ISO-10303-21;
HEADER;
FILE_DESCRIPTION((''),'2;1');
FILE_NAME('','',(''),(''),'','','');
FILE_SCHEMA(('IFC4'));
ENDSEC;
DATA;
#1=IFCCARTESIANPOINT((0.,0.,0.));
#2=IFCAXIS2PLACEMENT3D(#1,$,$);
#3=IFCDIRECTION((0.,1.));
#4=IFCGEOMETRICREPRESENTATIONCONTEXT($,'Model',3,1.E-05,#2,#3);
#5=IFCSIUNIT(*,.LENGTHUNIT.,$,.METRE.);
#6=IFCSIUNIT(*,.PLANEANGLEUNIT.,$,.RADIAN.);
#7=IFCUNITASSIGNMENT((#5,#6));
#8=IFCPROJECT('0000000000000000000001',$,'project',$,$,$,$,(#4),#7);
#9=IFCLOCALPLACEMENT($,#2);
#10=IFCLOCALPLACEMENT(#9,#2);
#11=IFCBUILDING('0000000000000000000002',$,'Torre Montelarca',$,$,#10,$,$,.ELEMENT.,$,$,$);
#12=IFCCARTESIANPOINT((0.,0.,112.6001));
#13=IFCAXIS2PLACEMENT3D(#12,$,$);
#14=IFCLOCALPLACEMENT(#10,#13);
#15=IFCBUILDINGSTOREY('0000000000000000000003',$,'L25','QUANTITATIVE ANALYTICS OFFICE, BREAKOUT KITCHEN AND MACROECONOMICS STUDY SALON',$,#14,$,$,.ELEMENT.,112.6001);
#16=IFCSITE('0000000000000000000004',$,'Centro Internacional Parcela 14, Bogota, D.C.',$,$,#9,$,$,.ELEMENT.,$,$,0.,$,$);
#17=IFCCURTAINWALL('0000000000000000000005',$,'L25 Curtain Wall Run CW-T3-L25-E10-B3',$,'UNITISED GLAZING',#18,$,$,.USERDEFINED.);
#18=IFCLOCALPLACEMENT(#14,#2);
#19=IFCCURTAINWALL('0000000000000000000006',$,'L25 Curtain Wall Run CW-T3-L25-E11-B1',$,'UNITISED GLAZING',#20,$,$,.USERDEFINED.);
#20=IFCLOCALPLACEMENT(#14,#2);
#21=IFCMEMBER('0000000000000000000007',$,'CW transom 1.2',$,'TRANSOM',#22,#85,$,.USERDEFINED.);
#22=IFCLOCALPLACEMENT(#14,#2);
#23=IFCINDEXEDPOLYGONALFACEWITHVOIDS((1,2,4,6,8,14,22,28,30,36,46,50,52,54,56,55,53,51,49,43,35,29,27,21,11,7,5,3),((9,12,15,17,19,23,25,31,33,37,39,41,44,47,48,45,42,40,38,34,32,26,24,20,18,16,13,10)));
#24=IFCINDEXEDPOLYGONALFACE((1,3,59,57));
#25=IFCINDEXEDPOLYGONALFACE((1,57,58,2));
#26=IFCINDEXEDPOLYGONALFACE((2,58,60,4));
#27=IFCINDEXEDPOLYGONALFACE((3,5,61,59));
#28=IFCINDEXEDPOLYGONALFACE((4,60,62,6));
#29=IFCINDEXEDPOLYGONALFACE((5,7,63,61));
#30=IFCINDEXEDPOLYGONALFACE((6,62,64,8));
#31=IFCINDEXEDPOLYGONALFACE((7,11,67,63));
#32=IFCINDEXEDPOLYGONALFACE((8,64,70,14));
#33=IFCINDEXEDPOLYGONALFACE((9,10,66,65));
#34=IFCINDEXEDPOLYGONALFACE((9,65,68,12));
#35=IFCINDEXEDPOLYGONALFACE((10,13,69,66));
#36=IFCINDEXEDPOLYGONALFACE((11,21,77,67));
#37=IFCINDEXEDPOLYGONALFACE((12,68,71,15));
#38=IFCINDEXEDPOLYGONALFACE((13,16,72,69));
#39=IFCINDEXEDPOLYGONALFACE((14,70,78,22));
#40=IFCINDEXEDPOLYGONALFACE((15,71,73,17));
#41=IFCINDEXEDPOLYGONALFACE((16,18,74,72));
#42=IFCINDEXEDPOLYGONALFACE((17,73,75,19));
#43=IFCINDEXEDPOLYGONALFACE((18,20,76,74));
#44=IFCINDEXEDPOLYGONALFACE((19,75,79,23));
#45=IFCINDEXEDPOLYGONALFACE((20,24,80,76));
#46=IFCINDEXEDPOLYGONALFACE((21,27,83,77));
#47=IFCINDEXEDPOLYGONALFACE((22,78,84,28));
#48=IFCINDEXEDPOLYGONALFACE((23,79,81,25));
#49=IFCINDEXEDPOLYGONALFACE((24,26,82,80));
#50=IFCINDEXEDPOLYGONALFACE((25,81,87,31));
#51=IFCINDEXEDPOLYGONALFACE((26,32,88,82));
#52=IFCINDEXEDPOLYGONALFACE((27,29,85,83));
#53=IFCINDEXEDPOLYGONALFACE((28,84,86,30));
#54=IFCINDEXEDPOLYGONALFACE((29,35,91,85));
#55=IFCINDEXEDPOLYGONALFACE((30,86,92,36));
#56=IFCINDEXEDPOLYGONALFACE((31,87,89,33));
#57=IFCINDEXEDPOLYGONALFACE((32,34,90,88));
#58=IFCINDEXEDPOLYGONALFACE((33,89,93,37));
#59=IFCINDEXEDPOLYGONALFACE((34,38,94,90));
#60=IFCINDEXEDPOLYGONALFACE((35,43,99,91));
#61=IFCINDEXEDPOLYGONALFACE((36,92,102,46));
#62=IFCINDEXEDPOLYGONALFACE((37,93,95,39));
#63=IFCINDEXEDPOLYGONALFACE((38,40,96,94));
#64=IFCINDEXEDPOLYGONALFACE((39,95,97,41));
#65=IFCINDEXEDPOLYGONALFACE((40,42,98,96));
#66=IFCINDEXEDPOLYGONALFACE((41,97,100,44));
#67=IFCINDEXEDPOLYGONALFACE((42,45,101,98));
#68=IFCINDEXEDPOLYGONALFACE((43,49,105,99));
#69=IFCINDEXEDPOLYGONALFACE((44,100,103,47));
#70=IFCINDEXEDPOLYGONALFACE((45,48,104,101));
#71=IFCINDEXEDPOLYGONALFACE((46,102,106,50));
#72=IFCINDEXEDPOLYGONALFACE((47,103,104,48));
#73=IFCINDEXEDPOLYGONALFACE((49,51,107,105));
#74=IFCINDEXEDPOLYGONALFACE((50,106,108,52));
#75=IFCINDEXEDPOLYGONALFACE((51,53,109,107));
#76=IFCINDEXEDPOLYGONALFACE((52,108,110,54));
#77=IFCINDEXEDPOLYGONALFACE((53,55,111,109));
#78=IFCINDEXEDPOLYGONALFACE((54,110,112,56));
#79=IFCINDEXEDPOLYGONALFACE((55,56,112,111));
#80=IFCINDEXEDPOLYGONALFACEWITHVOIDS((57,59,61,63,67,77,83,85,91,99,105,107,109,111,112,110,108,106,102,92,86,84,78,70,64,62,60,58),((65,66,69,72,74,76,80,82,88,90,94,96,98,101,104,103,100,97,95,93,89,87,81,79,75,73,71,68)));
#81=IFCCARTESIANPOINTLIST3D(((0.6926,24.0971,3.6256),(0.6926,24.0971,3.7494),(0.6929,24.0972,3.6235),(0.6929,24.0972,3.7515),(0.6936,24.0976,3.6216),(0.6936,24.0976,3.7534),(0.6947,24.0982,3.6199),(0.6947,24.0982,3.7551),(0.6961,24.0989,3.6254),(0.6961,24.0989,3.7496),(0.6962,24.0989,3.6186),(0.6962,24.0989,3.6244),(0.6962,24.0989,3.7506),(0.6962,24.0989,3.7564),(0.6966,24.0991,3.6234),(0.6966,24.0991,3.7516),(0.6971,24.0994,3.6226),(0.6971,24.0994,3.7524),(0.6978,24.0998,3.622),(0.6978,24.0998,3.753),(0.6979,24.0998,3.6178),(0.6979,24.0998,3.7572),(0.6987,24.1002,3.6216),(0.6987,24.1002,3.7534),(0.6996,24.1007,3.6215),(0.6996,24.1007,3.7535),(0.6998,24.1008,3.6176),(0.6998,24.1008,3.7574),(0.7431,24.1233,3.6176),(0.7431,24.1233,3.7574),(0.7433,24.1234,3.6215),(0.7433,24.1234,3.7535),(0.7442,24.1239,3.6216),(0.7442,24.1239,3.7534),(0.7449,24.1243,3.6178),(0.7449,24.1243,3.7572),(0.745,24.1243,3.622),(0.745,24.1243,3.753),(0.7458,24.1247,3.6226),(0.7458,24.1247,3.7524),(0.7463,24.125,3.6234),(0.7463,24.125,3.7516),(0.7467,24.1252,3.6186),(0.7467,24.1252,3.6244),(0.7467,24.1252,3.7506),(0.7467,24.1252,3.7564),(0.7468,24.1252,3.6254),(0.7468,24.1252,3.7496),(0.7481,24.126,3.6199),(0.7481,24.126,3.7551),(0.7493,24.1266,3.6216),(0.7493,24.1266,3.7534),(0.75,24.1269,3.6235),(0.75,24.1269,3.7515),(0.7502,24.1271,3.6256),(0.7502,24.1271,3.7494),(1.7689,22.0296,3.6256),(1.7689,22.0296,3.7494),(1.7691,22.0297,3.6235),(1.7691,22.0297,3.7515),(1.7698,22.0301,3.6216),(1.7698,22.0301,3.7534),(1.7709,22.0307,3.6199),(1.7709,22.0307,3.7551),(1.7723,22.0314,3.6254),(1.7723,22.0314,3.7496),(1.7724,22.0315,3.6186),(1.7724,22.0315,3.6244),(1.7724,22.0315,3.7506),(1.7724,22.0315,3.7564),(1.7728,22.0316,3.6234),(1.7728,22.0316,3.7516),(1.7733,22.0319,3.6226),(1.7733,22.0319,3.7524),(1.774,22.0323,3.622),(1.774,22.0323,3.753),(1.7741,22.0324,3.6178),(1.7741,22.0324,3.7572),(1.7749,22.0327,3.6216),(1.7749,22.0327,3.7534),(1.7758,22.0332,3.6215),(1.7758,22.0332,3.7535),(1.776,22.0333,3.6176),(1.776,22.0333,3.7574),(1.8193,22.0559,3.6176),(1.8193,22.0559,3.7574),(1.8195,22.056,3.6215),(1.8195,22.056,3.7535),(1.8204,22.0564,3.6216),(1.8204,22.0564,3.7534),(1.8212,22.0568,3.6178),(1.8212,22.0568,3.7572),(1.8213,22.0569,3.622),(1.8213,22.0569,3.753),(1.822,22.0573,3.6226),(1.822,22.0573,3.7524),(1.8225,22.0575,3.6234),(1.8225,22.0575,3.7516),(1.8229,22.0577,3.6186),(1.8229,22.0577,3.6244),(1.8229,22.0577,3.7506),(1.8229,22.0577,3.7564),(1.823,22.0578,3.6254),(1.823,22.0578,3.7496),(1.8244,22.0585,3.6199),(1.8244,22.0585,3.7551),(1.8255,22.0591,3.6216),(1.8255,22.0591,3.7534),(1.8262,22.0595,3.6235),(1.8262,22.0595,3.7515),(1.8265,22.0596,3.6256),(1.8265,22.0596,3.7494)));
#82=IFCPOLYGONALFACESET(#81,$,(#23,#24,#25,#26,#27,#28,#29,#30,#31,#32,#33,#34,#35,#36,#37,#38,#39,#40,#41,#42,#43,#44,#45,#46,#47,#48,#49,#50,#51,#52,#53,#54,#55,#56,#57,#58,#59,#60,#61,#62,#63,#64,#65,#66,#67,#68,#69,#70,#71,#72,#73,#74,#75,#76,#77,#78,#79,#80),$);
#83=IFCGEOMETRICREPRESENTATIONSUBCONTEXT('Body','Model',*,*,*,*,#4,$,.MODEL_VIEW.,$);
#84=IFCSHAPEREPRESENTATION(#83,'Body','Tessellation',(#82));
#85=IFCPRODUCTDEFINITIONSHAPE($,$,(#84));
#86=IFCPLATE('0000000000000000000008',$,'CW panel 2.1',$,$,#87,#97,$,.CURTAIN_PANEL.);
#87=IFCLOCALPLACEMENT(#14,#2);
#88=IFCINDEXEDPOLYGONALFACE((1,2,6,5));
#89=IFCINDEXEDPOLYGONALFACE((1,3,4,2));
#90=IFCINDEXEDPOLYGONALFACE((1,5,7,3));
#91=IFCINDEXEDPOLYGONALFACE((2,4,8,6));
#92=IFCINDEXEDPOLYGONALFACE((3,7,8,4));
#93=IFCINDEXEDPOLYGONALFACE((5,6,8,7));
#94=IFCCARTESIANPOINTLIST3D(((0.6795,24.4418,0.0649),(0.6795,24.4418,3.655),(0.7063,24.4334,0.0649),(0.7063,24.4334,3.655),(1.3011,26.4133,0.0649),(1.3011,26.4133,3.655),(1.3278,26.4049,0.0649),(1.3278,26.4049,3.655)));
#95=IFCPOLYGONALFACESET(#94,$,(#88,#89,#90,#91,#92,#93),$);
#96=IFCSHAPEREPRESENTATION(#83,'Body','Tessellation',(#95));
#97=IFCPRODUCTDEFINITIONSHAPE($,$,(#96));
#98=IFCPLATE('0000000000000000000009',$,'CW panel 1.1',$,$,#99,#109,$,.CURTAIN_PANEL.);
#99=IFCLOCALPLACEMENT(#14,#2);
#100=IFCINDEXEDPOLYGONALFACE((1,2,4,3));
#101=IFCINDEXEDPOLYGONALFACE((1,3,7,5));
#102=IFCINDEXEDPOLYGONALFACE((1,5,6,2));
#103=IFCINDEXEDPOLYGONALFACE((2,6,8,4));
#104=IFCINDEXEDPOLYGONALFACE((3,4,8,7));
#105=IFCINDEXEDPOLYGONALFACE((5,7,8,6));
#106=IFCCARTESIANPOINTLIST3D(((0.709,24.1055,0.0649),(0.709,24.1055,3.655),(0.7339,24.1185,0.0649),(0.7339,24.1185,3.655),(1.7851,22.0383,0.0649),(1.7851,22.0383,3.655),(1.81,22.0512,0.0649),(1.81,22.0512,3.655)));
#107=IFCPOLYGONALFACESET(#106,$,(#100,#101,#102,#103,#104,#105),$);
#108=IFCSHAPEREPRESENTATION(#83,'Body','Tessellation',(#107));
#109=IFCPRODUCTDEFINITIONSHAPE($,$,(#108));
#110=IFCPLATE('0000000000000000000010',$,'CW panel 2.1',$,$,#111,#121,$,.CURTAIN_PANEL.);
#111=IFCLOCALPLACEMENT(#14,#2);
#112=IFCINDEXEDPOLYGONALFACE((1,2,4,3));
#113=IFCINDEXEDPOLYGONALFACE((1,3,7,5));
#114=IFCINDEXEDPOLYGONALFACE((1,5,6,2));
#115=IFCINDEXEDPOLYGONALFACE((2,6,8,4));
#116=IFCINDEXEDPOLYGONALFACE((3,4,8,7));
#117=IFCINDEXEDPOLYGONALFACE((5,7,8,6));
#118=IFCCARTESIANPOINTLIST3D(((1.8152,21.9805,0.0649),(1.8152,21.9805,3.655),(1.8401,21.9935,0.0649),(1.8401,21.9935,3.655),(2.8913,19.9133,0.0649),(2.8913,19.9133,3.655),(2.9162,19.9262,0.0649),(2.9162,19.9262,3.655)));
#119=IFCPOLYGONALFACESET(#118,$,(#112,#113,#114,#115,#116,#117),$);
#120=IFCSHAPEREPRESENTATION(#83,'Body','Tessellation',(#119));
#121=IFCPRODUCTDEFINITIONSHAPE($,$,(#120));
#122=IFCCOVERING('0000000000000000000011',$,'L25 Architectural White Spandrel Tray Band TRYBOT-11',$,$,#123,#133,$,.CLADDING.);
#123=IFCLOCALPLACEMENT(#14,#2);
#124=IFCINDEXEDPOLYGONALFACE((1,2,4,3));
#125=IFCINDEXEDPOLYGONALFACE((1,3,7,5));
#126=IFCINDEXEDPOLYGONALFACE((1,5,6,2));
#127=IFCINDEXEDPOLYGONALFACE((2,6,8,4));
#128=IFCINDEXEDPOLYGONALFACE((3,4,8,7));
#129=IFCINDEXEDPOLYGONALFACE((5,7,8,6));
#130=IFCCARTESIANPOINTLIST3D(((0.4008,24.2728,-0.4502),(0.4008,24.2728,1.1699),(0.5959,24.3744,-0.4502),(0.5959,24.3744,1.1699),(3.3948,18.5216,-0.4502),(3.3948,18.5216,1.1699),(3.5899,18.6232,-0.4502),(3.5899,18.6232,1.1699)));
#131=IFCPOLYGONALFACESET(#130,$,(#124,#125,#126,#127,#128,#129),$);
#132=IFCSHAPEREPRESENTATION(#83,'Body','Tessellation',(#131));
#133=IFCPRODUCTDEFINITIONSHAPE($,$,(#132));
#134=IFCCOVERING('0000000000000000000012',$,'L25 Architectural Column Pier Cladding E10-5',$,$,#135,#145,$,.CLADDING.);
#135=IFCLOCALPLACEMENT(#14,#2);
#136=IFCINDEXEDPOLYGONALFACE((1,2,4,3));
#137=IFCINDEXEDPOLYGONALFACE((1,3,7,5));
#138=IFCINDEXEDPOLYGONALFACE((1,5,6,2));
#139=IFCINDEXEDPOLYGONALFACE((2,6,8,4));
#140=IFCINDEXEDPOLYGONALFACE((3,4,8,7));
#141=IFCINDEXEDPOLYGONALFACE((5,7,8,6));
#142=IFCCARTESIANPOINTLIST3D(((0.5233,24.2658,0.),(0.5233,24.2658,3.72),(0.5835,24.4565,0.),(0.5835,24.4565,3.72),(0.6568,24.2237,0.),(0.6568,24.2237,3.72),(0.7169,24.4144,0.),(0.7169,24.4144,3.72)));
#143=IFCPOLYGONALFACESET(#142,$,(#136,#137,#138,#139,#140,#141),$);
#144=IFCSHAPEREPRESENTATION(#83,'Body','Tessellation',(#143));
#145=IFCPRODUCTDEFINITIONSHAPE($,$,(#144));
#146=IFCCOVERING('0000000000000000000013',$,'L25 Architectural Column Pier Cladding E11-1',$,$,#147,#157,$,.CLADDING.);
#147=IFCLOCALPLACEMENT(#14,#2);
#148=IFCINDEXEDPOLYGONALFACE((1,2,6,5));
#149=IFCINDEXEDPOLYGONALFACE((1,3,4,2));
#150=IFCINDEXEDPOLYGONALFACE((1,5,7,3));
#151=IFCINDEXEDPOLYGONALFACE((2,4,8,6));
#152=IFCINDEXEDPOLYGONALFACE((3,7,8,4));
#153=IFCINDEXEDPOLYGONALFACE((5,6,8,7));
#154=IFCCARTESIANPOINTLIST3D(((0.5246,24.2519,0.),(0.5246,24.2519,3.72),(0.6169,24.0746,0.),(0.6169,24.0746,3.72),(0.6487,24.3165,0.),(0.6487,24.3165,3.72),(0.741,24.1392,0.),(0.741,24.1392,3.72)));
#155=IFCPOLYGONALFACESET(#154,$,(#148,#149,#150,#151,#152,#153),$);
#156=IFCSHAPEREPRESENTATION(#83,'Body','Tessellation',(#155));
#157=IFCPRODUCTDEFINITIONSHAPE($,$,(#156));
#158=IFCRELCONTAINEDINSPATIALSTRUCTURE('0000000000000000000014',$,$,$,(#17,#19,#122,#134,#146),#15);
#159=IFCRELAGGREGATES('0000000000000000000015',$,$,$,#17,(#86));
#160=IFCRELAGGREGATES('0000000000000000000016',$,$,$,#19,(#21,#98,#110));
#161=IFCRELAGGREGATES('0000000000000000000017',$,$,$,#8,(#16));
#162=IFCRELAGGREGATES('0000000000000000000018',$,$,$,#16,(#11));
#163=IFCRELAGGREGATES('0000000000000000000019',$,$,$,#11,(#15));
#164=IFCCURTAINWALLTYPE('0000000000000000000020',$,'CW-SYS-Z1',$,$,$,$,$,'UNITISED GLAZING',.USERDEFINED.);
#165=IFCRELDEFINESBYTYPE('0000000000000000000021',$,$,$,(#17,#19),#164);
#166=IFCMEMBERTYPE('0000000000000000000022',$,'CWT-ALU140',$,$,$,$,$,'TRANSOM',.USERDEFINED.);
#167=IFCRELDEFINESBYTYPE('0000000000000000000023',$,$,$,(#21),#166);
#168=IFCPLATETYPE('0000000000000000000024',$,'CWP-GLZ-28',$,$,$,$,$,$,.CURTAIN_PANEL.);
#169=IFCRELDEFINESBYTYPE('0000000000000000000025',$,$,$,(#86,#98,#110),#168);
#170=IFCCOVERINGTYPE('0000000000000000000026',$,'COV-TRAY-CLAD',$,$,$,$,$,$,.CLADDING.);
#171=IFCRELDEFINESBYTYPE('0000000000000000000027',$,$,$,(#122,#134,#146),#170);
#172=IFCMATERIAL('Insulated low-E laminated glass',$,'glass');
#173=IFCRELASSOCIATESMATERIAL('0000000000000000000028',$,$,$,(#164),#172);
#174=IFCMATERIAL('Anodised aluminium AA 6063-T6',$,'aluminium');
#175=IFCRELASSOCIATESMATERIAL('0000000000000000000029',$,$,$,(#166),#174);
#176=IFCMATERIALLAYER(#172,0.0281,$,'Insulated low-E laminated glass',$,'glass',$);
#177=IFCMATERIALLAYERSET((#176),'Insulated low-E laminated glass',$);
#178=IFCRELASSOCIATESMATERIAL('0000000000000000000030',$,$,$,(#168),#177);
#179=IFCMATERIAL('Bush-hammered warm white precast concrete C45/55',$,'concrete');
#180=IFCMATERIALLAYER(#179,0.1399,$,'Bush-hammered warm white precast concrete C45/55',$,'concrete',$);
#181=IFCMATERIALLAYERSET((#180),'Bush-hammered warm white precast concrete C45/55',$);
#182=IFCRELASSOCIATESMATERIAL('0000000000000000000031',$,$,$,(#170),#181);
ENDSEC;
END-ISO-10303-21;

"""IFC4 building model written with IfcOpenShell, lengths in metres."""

from ifc_helpers import new_model, si_unit, direction, frame, origin, origin_2d, place, context, subcontext, project, spatial, rectangle, hollow_rectangle, extrude, source, transform, mapped, material, layer, layer_set, material_profile, profile_set, type_object, element, aggregate, save


model = new_model("IFC4")

# Units and contexts
model_context = context("Model", 3, precision=1e-05, world=origin(), true_north=direction((0.0, 1.0)))
body_context = subcontext(model_context, "Body", "Model", "MODEL_VIEW")
ifc_project = project(units=[si_unit("LENGTHUNIT", "METRE"), si_unit("PLANEANGLEUNIT", "RADIAN")], contexts=[model_context])

# Site, building, storey
site_placement = place(None, origin())
site = spatial("IfcSite", under=ifc_project, at=site_placement, Name="Centro Internacional Parcela 14, Bogota, D.C.", CompositionType="ELEMENT", RefElevation=0.0)
building_placement = place(site_placement, origin())
building = spatial("IfcBuilding", under=site, at=building_placement, Name="Torre Montelarca", CompositionType="ELEMENT")
storey_placement = place(building_placement, frame((0.0, 0.0, 112.6001)))
storey = spatial("IfcBuildingStorey", under=building, at=storey_placement, Name="L25", Description="QUANTITATIVE ANALYTICS OFFICE, BREAKOUT KITCHEN AND MACROECONOMICS STUDY SALON", CompositionType="ELEMENT", Elevation=112.6001)

# Curtain walls
ifc_material_1 = material(Name="Insulated low-E laminated glass", Category="glass")
curtain_wall_type = type_object("IfcCurtainWallType", Name="CW-SYS-Z1", ElementType="UNITISED GLAZING", PredefinedType="USERDEFINED", material=ifc_material_1)
curtain_wall_1_placement = place(storey_placement, origin())
curtain_wall_1 = element("IfcCurtainWall", 1, at=curtain_wall_1_placement, inside=storey, type_object=curtain_wall_type, Name="L25 Curtain Wall Run CW-T3-L25-E10-B3", ObjectType="UNITISED GLAZING", PredefinedType="USERDEFINED")
ifc_material_2 = material(Name="Anodised aluminium AA 6063-T6", Category="aluminium")
ifc_material_profile_1 = material_profile(ifc_material_2, hollow_rectangle(XDim=0.0649, YDim=0.1399, WallThickness=0.0039, InnerFilletRadius=0.0039, OuterFilletRadius=0.0081, at=origin_2d()), Name="ALU65X140X4", Category="aluminium")
ifc_profile_set_1 = profile_set([ifc_material_profile_1], Name="Anodised aluminium AA 6063-T6")
member_type_1 = type_object("IfcMemberType", Name="CWT-ALU140", ElementType="TRANSOM", PredefinedType="USERDEFINED", material=ifc_profile_set_1)
curtain_wall_2_placement = place(storey_placement, origin())
curtain_wall_2 = element("IfcCurtainWall", 2, at=curtain_wall_2_placement, inside=storey, type_object=curtain_wall_type, Name="L25 Curtain Wall Run CW-T3-L25-E11-B1", ObjectType="UNITISED GLAZING", PredefinedType="USERDEFINED")

# Member
shared_shape_1 = source(origin(), body_context, "Body", "SweptSolid", [
    extrude(hollow_rectangle(XDim=0.0649, YDim=0.1399, WallThickness=0.0039, InnerFilletRadius=0.0039, OuterFilletRadius=0.0081, at=origin_2d()), origin(), (0.0, 0.0, 1.0), 2.3308),
])
member_1_placement = place(storey_placement, frame((0.7214, 24.1121, 3.6875), z_axis=(0.461735, -0.887018, 0.0), x_axis=(0.887018, 0.461735, 0.0)))
member_1 = element("IfcMember", 3, at=member_1_placement, type_object=member_type_1, Name="CW transom 1.2", ObjectType="TRANSOM", PredefinedType="USERDEFINED", context=body_context, shape_type="MappedRepresentation", body=[
    mapped(shared_shape_1, transform((0.0, 0.0, 0.0), scale=1.0)),
])

# Plates
ifc_layer_1 = layer(ifc_material_1, 0.0281, Name="Insulated low-E laminated glass", Category="glass")
ifc_layer_set_1 = layer_set([ifc_layer_1], Name="Insulated low-E laminated glass")
plate_type = type_object("IfcPlateType", Name="CWP-GLZ-28", PredefinedType="CURTAIN_PANEL", material=ifc_layer_set_1)
shared_shape_2 = source(origin(), body_context, "Body", "SweptSolid", [
    extrude(rectangle(XDim=2.0671, YDim=0.0281, at=origin_2d()), origin(), (0.0, 0.0, 1.0), 3.5901),
])
plate_1_placement = place(storey_placement, frame((1.0037, 25.4233, 0.0649), z_axis=(0.0, 0.0, 1.0), x_axis=(-0.300705, -0.953717, 0.0)))
plate_1 = element("IfcPlate", 4, at=plate_1_placement, type_object=plate_type, Name="CW panel 2.1", PredefinedType="CURTAIN_PANEL", context=body_context, shape_type="MappedRepresentation", body=[
    mapped(shared_shape_2, transform((0.0, 0.0, 0.0), scale=1.0)),
])
aggregate(curtain_wall_1, [plate_1])
shared_shape_3 = source(origin(), body_context, "Body", "SweptSolid", [
    extrude(rectangle(XDim=2.3306, YDim=0.0281, at=origin_2d()), origin(), (0.0, 0.0, 1.0), 3.5901),
])
plate_2_placement = place(storey_placement, frame((1.2595, 23.0784, 0.0649), z_axis=(0.0, 0.0, 1.0), x_axis=(0.46175, -0.88701, 0.0)))
plate_2 = element("IfcPlate", 5, at=plate_2_placement, type_object=plate_type, Name="CW panel 1.1", PredefinedType="CURTAIN_PANEL", context=body_context, shape_type="MappedRepresentation", body=[
    mapped(shared_shape_3, transform((0.0, 0.0, 0.0), scale=1.0)),
])
plate_3_placement = place(storey_placement, frame((2.3657, 20.9534, 0.0649), z_axis=(0.0, 0.0, 1.0), x_axis=(0.46175, -0.88701, 0.0)))
plate_3 = element("IfcPlate", 6, at=plate_3_placement, type_object=plate_type, Name="CW panel 2.1", PredefinedType="CURTAIN_PANEL", context=body_context, shape_type="MappedRepresentation", body=[
    mapped(shared_shape_3, transform((0.0, 0.0, 0.0), scale=1.0)),
])
aggregate(curtain_wall_2, [member_1, plate_2, plate_3])

# Coverings
ifc_material_3 = material(Name="Bush-hammered warm white precast concrete C45/55", Category="concrete")
ifc_layer_2 = layer(ifc_material_3, 0.1399, Name="Bush-hammered warm white precast concrete C45/55", Category="concrete")
ifc_layer_set_2 = layer_set([ifc_layer_2], Name="Bush-hammered warm white precast concrete C45/55")
covering_type = type_object("IfcCoveringType", Name="COV-TRAY-CLAD", PredefinedType="CLADDING", material=ifc_layer_set_2)
shared_shape_4 = source(origin(), body_context, "Body", "SweptSolid", [
    extrude(rectangle(XDim=6.4839, YDim=0.22, at=origin_2d()), origin(), (0.0, 0.0, 1.0), 1.6201),
])
covering_placement = place(storey_placement, frame((1.9954, 21.448, -0.4502), z_axis=(0.0, 0.0, 1.0), x_axis=(0.461755, -0.887008, 0.0)))
element("IfcCovering", 7, at=covering_placement, inside=storey, type_object=covering_type, Name="L25 Architectural White Spandrel Tray Band TRYBOT-11", PredefinedType="CLADDING", context=body_context, shape_type="MappedRepresentation", body=[
    mapped(shared_shape_4, transform((0.0, 0.0, 0.0), scale=1.0)),
])
shared_shape_5 = source(origin(), body_context, "Body", "SweptSolid", [
    extrude(rectangle(XDim=0.2, YDim=0.1399, at=origin_2d()), origin(), (0.0, 0.0, 1.0), 3.72),
])
for number, where, z_axis, x_axis, name in (
    (8, (0.6201, 24.3401, 0.0), (0.0, 0.0, 1.0), (-0.300707, -0.953716, 0.0), "L25 Architectural Column Pier Cladding E10-5"),
    (9, (0.6328, 24.1956, 0.0), (0.0, 0.0, 1.0), (0.461749, -0.887011, 0.0), "L25 Architectural Column Pier Cladding E11-1"),
):
    element("IfcCovering", number, at=place(storey_placement, frame(where, z_axis=z_axis, x_axis=x_axis)), inside=storey, type_object=covering_type, Name=name, PredefinedType="CLADDING", context=body_context, shape_type="MappedRepresentation", body=[
        mapped(shared_shape_5, transform((0.0, 0.0, 0.0), scale=1.0)),
    ])

save(model, "model.ifc")
